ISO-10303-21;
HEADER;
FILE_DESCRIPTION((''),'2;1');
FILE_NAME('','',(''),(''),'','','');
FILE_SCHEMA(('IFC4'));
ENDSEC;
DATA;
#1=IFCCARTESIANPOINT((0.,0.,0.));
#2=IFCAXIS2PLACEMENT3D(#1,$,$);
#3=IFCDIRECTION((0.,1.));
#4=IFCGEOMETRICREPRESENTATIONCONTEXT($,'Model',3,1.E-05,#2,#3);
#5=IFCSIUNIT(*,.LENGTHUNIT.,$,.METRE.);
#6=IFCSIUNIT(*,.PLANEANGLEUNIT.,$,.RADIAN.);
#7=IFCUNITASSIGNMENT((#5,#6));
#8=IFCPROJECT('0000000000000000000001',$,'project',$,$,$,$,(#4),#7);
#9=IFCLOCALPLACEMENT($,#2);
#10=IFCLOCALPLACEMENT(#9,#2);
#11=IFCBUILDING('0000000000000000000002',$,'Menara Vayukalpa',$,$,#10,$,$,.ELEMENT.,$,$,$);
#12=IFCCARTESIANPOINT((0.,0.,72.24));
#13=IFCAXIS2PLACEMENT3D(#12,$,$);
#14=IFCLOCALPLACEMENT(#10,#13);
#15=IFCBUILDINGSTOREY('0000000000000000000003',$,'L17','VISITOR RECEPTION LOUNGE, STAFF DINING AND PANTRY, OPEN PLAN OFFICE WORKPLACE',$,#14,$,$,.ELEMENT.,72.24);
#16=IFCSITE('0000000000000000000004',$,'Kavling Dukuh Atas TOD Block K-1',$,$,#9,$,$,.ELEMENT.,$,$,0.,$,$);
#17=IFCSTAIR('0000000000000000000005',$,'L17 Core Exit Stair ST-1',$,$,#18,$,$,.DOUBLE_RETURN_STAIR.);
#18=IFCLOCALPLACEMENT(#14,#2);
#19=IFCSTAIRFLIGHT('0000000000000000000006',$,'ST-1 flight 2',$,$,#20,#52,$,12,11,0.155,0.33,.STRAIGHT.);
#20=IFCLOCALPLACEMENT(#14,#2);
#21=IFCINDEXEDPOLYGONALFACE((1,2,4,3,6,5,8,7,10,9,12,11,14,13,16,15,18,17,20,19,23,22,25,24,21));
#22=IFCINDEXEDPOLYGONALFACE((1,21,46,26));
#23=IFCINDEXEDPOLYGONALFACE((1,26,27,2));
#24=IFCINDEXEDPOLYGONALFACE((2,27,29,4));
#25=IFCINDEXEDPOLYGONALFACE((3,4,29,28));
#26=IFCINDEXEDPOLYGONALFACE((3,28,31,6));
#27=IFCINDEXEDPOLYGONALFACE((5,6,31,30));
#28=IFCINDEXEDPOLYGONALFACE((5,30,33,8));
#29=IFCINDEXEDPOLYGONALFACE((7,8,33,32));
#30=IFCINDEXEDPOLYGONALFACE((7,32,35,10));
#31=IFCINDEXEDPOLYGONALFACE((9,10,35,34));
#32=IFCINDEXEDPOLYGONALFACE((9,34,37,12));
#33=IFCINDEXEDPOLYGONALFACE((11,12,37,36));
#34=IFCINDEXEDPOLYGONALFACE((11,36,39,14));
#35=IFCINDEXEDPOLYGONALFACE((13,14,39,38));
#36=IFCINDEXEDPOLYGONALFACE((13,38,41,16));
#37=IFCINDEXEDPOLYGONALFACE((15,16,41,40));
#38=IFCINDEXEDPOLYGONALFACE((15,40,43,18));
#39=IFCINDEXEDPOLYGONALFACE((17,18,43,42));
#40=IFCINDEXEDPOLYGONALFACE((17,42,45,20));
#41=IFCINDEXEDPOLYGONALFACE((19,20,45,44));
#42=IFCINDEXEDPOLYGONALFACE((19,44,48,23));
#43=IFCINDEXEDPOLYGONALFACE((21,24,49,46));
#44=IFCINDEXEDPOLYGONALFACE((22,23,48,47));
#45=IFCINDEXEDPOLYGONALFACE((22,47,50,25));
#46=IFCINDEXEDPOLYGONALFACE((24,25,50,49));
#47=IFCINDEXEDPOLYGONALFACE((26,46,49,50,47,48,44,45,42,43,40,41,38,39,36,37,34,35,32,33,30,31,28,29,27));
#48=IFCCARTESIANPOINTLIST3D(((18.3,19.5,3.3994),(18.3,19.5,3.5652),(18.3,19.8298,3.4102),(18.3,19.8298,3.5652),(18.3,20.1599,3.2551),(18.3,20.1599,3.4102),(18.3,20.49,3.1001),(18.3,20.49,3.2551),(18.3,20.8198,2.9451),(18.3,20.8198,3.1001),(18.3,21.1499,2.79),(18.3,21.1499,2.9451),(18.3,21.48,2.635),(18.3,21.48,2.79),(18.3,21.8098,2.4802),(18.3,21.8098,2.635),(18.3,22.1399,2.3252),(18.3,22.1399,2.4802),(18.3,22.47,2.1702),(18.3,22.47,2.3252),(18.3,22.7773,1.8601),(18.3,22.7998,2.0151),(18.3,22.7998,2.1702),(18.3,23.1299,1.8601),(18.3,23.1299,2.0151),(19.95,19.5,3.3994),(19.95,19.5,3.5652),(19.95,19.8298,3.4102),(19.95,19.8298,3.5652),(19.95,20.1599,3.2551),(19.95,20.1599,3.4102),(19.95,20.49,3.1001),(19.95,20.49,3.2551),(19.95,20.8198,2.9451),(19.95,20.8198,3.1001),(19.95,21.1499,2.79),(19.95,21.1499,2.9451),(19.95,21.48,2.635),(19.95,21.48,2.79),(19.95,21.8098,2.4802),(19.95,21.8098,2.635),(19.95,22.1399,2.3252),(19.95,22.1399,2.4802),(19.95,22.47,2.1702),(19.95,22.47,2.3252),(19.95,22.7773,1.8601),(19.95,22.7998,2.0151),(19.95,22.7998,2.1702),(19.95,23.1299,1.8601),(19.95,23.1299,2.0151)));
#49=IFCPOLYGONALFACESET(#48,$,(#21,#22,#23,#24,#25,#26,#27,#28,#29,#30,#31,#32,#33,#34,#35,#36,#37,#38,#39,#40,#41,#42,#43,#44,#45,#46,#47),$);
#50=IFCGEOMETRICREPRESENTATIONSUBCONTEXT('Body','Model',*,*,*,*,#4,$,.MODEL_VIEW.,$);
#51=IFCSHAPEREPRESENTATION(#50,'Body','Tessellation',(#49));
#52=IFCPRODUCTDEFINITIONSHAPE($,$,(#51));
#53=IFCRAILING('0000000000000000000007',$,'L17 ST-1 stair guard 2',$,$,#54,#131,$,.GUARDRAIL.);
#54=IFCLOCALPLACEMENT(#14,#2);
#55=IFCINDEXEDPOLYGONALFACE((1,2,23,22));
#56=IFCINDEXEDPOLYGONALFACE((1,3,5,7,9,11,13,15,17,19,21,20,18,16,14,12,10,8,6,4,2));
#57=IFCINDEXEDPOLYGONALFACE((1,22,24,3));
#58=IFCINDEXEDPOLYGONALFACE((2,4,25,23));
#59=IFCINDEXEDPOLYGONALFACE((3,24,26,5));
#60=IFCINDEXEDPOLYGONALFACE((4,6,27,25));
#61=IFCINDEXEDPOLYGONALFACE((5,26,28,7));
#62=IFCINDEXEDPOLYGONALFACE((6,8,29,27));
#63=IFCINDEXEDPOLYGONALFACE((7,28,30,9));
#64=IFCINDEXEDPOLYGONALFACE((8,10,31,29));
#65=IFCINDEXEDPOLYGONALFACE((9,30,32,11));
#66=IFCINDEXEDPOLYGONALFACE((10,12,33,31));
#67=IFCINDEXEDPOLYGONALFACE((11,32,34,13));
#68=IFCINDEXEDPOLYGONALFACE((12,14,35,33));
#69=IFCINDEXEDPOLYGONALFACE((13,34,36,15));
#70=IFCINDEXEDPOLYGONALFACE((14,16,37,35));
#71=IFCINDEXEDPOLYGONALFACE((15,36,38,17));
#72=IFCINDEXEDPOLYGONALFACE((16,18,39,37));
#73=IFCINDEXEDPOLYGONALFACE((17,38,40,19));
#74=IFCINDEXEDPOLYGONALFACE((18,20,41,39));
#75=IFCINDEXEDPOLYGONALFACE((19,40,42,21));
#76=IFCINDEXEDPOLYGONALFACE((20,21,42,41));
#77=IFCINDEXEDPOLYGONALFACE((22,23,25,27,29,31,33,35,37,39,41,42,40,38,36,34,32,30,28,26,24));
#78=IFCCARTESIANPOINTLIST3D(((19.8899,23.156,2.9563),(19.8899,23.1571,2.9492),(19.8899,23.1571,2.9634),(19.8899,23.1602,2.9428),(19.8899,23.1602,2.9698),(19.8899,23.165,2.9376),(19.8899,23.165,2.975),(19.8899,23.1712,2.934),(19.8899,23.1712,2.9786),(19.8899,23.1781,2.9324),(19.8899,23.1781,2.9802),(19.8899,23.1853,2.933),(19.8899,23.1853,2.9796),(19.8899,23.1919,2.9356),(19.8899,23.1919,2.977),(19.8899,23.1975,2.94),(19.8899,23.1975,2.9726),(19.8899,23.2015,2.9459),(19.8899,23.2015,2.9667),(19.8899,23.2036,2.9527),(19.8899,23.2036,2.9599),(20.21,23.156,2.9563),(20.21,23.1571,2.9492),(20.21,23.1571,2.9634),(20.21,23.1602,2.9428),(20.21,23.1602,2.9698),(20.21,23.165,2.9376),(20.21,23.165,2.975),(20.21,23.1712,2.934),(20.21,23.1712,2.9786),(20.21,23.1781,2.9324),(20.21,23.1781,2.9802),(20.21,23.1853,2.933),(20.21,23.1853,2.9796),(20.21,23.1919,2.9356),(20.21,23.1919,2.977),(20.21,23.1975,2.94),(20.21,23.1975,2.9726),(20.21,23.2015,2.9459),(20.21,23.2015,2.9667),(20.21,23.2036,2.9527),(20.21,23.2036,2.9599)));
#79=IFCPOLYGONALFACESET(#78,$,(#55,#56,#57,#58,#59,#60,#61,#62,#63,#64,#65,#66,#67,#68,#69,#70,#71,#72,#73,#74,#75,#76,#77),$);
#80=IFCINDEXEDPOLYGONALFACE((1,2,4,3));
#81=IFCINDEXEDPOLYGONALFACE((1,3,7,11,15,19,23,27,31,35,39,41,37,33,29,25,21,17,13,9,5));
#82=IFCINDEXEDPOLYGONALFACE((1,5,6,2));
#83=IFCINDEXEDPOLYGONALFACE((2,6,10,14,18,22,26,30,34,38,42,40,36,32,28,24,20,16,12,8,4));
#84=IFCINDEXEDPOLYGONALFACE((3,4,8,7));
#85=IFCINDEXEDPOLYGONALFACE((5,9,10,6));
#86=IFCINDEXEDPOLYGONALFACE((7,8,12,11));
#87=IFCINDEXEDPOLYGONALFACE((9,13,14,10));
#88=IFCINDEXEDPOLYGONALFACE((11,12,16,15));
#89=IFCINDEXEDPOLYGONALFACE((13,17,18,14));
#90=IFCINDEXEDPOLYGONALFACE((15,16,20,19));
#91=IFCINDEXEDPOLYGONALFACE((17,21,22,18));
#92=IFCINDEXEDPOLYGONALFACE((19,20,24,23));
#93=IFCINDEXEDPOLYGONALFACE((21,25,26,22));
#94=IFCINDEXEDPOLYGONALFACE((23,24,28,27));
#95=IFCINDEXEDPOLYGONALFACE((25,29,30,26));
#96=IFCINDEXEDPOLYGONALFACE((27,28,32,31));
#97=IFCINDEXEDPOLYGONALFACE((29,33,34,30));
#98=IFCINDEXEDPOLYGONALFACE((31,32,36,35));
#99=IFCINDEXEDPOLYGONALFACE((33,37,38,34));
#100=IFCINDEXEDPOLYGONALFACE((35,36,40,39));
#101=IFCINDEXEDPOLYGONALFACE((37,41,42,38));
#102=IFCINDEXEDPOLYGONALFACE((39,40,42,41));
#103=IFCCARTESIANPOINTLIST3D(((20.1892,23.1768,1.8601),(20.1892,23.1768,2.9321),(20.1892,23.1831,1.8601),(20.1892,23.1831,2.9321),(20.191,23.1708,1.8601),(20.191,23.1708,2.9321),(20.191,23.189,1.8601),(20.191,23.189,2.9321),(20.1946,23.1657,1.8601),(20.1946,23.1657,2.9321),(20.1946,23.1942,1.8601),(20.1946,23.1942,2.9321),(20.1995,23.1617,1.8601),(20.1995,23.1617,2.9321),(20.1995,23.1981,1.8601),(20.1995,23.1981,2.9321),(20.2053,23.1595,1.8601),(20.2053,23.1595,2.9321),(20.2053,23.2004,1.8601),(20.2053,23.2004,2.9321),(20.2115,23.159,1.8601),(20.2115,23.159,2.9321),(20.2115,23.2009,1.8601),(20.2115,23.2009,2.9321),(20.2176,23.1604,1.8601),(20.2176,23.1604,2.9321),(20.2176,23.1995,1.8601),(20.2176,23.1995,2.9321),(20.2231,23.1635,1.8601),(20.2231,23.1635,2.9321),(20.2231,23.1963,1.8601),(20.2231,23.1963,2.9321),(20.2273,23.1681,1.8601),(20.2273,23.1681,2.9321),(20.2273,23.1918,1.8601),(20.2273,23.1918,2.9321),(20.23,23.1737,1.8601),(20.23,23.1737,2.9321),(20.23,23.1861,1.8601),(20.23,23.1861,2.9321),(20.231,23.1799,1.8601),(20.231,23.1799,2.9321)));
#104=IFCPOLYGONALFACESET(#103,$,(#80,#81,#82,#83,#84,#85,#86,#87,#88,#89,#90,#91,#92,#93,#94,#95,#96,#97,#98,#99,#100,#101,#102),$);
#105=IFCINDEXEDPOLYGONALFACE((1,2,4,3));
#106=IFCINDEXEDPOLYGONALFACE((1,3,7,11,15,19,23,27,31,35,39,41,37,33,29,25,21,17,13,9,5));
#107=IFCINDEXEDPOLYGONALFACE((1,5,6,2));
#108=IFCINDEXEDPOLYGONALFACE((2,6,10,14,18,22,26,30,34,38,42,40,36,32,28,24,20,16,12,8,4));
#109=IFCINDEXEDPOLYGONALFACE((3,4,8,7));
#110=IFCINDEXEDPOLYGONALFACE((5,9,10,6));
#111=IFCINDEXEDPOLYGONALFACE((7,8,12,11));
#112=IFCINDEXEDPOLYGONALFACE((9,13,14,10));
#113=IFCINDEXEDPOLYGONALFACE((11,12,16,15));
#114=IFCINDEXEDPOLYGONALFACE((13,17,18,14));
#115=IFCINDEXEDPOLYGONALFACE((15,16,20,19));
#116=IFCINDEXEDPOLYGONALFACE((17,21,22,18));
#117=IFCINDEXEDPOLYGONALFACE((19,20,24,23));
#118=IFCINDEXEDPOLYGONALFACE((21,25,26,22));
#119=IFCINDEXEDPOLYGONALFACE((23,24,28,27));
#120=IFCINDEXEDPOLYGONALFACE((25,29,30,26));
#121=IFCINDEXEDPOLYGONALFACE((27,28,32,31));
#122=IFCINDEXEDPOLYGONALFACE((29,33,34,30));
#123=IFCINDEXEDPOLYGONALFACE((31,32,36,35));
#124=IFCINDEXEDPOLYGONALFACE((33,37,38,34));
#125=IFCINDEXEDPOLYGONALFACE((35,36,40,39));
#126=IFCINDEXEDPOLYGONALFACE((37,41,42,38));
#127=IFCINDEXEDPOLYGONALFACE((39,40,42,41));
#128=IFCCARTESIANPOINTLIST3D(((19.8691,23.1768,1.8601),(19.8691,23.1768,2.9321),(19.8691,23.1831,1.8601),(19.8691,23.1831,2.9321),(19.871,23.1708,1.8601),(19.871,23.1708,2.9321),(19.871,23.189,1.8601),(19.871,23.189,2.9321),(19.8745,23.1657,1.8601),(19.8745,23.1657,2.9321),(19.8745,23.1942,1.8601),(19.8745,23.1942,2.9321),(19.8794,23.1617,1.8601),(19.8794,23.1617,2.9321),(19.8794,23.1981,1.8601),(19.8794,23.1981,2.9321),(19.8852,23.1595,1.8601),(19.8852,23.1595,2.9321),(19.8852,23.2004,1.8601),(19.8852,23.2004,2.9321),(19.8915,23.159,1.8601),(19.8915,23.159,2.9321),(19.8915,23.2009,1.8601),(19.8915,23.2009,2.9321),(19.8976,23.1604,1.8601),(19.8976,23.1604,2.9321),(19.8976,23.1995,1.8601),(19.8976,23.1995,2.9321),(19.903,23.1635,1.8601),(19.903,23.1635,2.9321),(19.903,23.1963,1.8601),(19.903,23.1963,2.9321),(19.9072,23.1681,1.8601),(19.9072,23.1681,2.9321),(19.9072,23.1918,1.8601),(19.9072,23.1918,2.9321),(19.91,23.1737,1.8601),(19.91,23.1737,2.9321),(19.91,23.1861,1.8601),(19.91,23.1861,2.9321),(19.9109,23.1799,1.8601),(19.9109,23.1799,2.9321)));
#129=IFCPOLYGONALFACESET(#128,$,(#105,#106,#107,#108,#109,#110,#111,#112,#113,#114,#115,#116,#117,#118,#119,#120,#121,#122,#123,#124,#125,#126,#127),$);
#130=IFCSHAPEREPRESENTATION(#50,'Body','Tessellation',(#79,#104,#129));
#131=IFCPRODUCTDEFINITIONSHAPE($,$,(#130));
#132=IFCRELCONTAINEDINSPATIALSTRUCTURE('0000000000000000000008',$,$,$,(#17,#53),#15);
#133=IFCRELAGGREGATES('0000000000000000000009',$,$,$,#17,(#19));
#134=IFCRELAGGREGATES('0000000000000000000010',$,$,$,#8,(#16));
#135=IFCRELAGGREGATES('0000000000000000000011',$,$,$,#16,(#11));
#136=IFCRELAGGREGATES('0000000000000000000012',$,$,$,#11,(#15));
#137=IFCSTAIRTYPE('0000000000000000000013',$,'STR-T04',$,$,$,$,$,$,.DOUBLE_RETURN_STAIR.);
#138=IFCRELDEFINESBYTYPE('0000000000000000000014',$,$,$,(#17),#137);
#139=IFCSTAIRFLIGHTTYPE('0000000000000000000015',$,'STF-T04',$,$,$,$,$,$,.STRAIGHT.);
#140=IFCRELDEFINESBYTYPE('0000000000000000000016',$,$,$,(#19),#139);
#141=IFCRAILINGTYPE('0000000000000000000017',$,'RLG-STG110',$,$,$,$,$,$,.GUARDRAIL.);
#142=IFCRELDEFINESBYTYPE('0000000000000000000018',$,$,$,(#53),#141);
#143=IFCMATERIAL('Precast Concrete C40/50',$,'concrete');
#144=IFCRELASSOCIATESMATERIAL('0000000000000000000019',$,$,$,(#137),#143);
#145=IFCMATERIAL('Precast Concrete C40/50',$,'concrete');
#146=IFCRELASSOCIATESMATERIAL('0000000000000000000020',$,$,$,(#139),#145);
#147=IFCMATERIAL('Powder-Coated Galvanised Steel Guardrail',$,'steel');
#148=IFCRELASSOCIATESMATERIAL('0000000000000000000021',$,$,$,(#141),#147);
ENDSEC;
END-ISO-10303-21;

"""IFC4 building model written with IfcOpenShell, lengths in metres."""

from ifc_helpers import new_model, si_unit, direction, frame, origin, origin_2d, place, context, subcontext, project, spatial, polyline, circle, outline, extrude, material, type_object, element, aggregate, save


model = new_model("IFC4")

# Units and contexts
model_context = context("Model", 3, precision=1e-05, world=origin(), true_north=direction((0.0, 1.0)))
body_context = subcontext(model_context, "Body", "Model", "MODEL_VIEW")
ifc_project = project(units=[si_unit("LENGTHUNIT", "METRE"), si_unit("PLANEANGLEUNIT", "RADIAN")], contexts=[model_context])

# Site, building, storey
site_placement = place(None, origin())
site = spatial("IfcSite", under=ifc_project, at=site_placement, Name="Kavling Dukuh Atas TOD Block K-1", CompositionType="ELEMENT", RefElevation=0.0)
building_placement = place(site_placement, origin())
building = spatial("IfcBuilding", under=site, at=building_placement, Name="Menara Vayukalpa", CompositionType="ELEMENT")
storey_placement = place(building_placement, frame((0.0, 0.0, 72.24)))
storey = spatial("IfcBuildingStorey", under=building, at=storey_placement, Name="L17", Description="VISITOR RECEPTION LOUNGE, STAFF DINING AND PANTRY, OPEN PLAN OFFICE WORKPLACE", CompositionType="ELEMENT", Elevation=72.24)

# Stair, stair flight
ifc_material_1 = material(Name="Precast Concrete C40/50", Category="concrete")
stair_type = type_object("IfcStairType", Name="STR-T04", PredefinedType="DOUBLE_RETURN_STAIR", material=ifc_material_1)
stair_placement = place(storey_placement, origin())
stair = element("IfcStair", 1, at=stair_placement, inside=storey, type_object=stair_type, Name="L17 Core Exit Stair ST-1", PredefinedType="DOUBLE_RETURN_STAIR")
ifc_material_2 = material(Name="Precast Concrete C40/50", Category="concrete")
stair_flight_type = type_object("IfcStairFlightType", Name="STF-T04", PredefinedType="STRAIGHT", material=ifc_material_2)
stair_flight_placement = place(storey_placement, frame((19.125, 23.1299, 1.8601), z_axis=(0.0, 0.0, 1.0), x_axis=(0.0, -1.0, 0.0)))
stair_flight = element("IfcStairFlight", 2, at=stair_flight_placement, type_object=stair_flight_type, Name="ST-1 flight 2", NumberOfRisers=12, NumberOfTreads=11, PredefinedType="STRAIGHT", RiserHeight=0.155, TreadLength=0.33, context=body_context, shape_type="SweptSolid", body=[
    extrude(outline(polyline([(0.0, 0.0), (0.0, 0.155), (0.3301, 0.155), (0.3301, 0.3101), (0.6599, 0.3101), (0.6599, 0.4651), (0.99, 0.4651), (0.99, 0.6201), (1.3201, 0.6201), (1.3201, 0.7749), (1.6499, 0.7749), (1.6499, 0.9299), (1.98, 0.9299), (1.98, 1.085), (2.3101, 1.085), (2.3101, 1.24), (2.6399, 1.24), (2.6399, 1.395), (2.97, 1.395), (2.97, 1.55), (3.3, 1.55), (3.3, 1.7051), (3.6299, 1.7051), (3.6299, 1.8601), (3.6299, 1.5393), (0.3525, 0.0), (0.0, 0.0)])), frame((0.0, 0.825, 0.0), z_axis=(0.0, -1.0, 0.0), x_axis=(1.0, 0.0, 0.0)), (0.0, 0.0, 1.0), 1.6499),
])
aggregate(stair, [stair_flight])

# Railing
ifc_material_3 = material(Name="Powder-Coated Galvanised Steel Guardrail", Category="steel")
railing_type_1 = type_object("IfcRailingType", Name="RLG-STG110", PredefinedType="GUARDRAIL", material=ifc_material_3)
railing_1_placement = place(storey_placement, frame((20.21, 23.1799, 1.8601)))
element("IfcRailing", 3, at=railing_1_placement, inside=storey, type_object=railing_type_1, Name="L17 ST-1 stair guard 2", PredefinedType="GUARDRAIL", context=body_context, shape_type="SweptSolid", body=[
    extrude(circle(Radius=0.0239, at=origin_2d()), frame((0.0, 0.0, 1.0962), z_axis=(-1.0, 0.0, 0.0), x_axis=(0.0, -1.0, 0.0)), (0.0, 0.0, 1.0), 0.3201),
    extrude(circle(Radius=0.021, at=origin_2d()), origin(), (0.0, 0.0, 1.0), 1.072),
    extrude(circle(Radius=0.021, at=origin_2d()), frame((-0.3201, 0.0, 0.0)), (0.0, 0.0, 1.0), 1.072),
])

save(model, "model.ifc")
